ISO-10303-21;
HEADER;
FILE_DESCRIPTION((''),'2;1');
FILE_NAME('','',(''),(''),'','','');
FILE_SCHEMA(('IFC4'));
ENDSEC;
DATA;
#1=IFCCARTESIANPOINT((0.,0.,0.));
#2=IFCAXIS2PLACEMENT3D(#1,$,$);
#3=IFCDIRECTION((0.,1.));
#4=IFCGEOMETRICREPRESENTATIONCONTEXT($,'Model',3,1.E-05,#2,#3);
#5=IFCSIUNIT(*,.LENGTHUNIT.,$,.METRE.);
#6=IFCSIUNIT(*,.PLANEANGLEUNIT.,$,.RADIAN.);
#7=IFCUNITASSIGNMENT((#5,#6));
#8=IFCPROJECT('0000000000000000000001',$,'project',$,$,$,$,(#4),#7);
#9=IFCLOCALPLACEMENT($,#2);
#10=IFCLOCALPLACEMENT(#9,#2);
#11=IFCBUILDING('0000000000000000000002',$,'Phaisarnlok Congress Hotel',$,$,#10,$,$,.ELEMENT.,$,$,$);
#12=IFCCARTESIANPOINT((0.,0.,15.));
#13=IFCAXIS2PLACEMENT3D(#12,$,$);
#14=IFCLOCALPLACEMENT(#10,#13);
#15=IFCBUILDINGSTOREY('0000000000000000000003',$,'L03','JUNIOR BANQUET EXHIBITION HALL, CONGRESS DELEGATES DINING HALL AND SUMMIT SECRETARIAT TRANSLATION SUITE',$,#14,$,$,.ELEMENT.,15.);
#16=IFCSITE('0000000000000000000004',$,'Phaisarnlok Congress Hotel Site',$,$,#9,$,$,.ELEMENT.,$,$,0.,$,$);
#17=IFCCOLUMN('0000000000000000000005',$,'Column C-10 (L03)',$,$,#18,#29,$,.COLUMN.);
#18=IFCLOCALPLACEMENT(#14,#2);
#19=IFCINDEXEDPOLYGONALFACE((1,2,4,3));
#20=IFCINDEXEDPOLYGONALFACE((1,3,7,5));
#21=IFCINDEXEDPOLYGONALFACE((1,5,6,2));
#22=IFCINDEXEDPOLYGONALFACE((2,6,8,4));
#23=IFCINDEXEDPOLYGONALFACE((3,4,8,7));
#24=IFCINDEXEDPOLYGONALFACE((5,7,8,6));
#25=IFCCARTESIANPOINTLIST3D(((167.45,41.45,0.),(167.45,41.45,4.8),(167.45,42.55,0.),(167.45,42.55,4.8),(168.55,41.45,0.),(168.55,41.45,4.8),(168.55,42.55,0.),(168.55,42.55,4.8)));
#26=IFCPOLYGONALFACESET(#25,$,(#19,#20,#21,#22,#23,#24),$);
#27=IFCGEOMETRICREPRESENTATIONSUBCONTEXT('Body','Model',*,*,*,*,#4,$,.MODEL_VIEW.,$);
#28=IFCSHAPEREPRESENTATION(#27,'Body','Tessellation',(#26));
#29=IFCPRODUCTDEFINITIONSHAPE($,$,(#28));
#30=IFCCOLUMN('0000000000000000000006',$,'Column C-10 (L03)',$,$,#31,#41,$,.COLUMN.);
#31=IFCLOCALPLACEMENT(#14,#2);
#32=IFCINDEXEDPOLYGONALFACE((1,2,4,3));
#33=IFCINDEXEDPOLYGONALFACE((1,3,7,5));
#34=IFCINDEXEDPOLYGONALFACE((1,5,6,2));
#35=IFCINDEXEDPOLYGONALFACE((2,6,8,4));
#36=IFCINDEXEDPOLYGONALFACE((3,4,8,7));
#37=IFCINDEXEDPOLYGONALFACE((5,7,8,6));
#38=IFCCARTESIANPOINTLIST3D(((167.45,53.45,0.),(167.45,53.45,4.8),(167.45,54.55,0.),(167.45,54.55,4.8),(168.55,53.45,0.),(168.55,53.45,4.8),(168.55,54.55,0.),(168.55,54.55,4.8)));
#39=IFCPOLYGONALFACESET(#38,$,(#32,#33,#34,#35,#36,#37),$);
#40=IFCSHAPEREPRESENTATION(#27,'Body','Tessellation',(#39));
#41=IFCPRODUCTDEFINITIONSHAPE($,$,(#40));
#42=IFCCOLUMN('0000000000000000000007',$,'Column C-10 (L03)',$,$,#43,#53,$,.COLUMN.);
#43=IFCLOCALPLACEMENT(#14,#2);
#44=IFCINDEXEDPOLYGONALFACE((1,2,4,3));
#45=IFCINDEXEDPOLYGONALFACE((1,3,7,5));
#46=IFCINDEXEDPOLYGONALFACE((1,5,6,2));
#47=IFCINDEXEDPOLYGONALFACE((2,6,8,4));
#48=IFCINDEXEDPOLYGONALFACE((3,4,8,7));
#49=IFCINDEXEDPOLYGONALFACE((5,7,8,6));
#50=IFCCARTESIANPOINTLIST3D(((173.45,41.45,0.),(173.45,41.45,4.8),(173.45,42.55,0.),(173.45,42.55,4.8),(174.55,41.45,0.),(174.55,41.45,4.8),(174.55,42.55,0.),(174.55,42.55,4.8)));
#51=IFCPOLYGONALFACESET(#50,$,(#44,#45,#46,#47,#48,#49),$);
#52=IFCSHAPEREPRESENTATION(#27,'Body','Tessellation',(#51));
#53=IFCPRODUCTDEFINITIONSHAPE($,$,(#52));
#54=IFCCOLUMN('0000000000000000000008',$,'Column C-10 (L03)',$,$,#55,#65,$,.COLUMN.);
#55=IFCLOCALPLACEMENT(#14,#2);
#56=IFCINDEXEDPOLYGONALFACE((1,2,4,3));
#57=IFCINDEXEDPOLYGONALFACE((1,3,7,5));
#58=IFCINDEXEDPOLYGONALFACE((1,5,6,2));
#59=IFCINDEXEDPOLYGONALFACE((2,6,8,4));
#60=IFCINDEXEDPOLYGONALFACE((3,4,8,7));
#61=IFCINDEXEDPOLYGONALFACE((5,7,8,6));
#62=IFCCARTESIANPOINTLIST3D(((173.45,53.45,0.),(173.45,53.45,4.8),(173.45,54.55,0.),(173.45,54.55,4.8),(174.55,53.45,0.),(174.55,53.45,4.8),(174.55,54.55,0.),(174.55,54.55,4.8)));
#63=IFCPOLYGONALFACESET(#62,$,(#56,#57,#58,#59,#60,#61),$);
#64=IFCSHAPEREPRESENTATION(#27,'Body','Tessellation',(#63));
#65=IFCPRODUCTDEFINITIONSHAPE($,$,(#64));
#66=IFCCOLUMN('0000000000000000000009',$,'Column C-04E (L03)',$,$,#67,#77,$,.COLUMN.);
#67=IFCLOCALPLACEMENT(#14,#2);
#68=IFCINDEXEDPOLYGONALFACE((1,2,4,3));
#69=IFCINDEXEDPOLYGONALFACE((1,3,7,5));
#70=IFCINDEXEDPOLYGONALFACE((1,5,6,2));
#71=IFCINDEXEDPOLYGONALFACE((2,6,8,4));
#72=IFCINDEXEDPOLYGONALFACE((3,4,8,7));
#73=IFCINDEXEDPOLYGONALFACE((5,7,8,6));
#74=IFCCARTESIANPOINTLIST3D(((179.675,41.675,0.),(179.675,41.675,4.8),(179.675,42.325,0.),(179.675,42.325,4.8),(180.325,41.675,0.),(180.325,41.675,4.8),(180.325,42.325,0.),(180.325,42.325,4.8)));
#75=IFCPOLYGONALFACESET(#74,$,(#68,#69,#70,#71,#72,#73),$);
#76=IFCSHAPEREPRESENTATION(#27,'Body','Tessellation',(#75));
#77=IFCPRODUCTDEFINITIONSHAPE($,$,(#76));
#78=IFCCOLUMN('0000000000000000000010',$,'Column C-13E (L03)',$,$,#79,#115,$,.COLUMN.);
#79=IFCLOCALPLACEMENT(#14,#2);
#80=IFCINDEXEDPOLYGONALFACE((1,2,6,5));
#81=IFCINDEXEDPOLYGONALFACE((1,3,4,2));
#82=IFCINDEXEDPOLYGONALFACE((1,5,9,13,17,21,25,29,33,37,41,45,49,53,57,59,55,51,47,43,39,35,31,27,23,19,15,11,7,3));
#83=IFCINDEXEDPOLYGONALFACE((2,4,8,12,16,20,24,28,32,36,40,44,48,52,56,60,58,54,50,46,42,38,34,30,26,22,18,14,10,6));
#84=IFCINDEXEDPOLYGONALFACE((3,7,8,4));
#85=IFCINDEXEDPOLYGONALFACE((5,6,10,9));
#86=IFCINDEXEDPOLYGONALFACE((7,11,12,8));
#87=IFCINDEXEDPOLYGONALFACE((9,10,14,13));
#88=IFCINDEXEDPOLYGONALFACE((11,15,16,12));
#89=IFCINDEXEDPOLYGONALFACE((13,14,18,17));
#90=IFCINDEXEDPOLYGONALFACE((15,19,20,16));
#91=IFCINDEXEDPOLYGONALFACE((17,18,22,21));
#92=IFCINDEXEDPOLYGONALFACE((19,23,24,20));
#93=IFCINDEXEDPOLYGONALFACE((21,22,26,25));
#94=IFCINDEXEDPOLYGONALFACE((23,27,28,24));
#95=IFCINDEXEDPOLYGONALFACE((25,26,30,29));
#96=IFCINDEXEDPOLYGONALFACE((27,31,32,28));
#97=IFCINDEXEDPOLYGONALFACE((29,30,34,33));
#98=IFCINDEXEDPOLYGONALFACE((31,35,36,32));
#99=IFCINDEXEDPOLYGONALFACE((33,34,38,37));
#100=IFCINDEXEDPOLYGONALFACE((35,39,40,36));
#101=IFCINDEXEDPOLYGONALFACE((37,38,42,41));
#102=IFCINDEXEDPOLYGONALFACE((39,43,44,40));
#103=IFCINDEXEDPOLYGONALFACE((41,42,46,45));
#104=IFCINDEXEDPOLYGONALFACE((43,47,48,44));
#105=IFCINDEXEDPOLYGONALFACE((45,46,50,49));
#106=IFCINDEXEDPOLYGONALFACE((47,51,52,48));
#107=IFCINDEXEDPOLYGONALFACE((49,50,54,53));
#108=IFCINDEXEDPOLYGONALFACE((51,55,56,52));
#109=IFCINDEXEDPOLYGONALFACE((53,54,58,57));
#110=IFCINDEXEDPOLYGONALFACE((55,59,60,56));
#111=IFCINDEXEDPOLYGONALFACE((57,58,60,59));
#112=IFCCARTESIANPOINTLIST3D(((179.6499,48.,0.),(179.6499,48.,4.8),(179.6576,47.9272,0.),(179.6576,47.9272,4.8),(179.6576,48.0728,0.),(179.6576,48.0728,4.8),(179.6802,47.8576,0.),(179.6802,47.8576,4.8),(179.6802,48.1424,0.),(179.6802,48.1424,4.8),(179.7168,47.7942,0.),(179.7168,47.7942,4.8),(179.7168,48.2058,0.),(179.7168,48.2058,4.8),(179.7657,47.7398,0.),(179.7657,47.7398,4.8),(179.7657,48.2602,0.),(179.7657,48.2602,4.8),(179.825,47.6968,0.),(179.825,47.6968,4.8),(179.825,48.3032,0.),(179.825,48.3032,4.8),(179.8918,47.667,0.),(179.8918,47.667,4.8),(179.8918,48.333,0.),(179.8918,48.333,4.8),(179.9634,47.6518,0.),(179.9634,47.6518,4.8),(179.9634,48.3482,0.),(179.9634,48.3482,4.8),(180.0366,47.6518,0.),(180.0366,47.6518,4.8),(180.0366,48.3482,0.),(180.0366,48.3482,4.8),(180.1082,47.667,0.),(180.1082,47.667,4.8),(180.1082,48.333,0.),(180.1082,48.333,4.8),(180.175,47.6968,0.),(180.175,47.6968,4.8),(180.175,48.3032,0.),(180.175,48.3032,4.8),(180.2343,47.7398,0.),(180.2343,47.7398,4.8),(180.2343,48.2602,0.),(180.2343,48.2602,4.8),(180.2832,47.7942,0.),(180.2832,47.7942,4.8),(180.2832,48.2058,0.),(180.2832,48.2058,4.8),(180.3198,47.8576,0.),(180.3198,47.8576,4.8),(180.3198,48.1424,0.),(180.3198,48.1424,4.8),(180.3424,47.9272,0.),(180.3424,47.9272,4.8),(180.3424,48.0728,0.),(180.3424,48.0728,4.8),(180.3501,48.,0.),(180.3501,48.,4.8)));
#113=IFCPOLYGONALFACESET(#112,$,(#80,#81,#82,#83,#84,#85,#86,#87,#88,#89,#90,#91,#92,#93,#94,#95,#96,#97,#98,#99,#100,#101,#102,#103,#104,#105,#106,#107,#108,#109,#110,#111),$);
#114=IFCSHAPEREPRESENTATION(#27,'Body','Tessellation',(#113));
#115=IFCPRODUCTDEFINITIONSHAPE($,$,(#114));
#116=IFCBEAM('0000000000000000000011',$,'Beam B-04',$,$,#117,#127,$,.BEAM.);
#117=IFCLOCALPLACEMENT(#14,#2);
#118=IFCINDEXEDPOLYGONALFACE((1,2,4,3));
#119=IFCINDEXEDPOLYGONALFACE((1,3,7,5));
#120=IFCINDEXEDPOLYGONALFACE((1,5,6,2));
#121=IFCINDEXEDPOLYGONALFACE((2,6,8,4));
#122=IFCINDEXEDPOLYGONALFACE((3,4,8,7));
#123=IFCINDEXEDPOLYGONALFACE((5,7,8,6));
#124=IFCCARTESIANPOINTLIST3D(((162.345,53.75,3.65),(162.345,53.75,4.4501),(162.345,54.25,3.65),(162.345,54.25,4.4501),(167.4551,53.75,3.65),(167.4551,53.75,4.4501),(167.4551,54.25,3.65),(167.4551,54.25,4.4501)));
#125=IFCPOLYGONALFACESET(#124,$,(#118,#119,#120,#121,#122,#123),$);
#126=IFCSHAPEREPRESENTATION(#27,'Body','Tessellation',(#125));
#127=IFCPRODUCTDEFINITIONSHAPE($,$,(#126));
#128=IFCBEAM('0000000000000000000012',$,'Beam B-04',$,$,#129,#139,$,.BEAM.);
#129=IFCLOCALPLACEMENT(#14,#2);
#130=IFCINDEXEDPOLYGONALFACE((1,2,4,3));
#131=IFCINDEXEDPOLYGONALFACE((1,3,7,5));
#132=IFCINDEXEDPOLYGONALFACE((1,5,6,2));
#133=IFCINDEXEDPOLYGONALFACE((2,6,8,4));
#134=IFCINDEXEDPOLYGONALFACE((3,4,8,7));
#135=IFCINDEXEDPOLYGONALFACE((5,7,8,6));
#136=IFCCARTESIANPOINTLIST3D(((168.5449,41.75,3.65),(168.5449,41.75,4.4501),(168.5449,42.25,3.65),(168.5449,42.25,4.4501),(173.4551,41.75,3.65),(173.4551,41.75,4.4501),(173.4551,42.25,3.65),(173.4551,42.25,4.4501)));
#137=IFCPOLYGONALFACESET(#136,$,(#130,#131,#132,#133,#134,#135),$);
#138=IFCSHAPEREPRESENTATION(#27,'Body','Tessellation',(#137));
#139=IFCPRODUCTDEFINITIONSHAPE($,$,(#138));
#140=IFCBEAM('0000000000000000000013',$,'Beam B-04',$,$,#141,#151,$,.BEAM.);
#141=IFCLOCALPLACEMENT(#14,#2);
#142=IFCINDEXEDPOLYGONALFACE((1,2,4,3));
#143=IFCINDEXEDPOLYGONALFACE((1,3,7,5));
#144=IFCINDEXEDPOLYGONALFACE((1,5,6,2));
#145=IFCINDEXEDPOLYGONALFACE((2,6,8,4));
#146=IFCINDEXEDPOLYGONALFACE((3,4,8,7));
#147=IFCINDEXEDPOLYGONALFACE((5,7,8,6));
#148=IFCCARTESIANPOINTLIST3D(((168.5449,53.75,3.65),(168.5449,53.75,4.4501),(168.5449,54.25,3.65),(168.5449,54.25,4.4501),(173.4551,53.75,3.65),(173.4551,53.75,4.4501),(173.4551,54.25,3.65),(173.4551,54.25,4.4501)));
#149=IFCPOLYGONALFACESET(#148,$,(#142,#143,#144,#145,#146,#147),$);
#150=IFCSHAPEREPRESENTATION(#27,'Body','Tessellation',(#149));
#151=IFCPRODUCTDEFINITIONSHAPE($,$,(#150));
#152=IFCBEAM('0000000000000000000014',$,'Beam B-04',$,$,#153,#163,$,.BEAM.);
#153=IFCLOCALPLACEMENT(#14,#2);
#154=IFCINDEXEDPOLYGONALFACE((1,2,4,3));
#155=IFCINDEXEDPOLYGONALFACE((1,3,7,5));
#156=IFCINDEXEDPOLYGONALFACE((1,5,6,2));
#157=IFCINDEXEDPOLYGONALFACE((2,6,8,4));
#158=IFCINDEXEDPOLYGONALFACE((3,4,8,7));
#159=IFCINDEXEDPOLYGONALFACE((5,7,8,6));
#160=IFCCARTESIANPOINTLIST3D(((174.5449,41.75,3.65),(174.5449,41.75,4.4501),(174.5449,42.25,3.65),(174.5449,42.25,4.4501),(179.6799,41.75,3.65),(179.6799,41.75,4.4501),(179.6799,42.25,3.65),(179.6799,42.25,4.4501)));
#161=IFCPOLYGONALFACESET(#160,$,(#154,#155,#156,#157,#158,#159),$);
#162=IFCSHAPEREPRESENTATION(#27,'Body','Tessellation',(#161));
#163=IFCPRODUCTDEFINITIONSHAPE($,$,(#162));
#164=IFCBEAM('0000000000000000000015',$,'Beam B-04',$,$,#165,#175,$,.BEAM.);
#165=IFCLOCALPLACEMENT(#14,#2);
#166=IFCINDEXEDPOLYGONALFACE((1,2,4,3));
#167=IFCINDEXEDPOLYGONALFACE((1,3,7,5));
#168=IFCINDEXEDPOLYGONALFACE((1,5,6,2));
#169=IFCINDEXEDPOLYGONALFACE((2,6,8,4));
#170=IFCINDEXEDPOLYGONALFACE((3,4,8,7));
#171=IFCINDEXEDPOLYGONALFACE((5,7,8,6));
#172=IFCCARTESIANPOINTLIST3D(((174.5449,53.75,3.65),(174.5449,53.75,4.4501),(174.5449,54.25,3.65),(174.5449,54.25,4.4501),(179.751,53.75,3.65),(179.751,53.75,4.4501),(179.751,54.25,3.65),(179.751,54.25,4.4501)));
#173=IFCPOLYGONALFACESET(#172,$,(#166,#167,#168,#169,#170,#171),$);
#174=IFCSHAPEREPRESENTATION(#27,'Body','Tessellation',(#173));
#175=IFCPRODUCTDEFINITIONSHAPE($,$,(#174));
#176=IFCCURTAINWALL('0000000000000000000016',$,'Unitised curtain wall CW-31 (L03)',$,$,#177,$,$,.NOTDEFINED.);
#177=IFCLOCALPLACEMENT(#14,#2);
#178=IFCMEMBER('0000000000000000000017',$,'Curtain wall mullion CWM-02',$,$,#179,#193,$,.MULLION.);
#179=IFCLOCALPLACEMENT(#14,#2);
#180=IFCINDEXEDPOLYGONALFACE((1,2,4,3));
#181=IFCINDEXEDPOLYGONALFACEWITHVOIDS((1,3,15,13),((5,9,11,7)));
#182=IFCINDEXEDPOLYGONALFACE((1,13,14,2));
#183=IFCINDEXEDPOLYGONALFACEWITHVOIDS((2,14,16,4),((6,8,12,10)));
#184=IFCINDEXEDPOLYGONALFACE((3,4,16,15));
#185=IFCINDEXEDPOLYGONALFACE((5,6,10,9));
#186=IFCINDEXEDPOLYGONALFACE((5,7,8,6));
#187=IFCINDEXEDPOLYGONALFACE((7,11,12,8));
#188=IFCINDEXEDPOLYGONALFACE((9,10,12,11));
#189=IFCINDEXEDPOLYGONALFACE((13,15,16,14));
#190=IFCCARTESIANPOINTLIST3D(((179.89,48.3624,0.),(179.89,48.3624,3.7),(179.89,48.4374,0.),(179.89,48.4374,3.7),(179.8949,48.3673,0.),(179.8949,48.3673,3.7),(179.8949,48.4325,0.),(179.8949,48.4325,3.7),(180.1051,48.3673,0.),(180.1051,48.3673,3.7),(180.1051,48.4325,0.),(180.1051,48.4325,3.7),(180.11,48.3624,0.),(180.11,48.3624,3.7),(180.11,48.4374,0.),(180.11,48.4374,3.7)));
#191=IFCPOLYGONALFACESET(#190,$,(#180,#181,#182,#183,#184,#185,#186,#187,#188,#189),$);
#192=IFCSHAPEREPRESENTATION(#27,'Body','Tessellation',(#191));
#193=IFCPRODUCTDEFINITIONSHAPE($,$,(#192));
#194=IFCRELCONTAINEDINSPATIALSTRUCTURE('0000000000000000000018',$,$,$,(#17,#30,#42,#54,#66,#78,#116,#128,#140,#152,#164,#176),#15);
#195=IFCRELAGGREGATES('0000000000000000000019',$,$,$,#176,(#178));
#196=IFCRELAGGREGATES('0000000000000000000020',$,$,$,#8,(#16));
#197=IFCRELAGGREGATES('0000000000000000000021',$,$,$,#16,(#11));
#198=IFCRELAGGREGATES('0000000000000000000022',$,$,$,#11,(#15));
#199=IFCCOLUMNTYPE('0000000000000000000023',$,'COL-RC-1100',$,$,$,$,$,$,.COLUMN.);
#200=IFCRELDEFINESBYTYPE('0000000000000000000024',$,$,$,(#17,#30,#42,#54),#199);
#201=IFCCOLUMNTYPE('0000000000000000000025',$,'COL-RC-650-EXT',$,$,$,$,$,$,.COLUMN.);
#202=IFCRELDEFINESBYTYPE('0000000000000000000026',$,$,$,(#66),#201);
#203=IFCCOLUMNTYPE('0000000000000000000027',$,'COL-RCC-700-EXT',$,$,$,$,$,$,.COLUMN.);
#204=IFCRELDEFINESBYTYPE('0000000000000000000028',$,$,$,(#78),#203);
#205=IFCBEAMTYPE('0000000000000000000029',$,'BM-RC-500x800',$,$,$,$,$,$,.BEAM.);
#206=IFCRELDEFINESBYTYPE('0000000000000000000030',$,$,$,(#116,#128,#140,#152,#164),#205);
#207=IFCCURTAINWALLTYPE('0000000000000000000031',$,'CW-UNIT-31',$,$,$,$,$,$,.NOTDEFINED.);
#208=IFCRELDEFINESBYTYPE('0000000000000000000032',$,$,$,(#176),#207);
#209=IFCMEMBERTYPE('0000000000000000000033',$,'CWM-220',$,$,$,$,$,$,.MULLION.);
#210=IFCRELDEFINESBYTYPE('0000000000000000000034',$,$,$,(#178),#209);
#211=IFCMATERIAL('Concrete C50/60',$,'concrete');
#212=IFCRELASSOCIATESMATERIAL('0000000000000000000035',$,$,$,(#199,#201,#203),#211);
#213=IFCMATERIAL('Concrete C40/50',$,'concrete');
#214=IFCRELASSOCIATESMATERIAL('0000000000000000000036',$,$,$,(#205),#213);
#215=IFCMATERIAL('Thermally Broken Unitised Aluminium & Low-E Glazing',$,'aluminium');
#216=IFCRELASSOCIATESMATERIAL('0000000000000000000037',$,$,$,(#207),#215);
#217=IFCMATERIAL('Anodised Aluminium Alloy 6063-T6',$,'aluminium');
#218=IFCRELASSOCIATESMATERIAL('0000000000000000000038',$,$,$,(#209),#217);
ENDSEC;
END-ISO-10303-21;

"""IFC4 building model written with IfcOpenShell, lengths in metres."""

from ifc_helpers import new_model, si_unit, direction, frame, origin, origin_2d, place, context, subcontext, project, spatial, rectangle, hollow_rectangle, circle, extrude, material, material_profile, profile_set, type_object, element, aggregate, save


model = new_model("IFC4")

# Units and contexts
model_context = context("Model", 3, precision=1e-05, world=origin(), true_north=direction((0.0, 1.0)))
body_context = subcontext(model_context, "Body", "Model", "MODEL_VIEW")
ifc_project = project(units=[si_unit("LENGTHUNIT", "METRE"), si_unit("PLANEANGLEUNIT", "RADIAN")], contexts=[model_context])

# Site, building, storey
site_placement = place(None, origin())
site = spatial("IfcSite", under=ifc_project, at=site_placement, Name="Phaisarnlok Congress Hotel Site", CompositionType="ELEMENT", RefElevation=0.0)
building_placement = place(site_placement, origin())
building = spatial("IfcBuilding", under=site, at=building_placement, Name="Phaisarnlok Congress Hotel", CompositionType="ELEMENT")
storey_placement = place(building_placement, frame((0.0, 0.0, 15.0)))
storey = spatial("IfcBuildingStorey", under=building, at=storey_placement, Name="L03", Description="JUNIOR BANQUET EXHIBITION HALL, CONGRESS DELEGATES DINING HALL AND SUMMIT SECRETARIAT TRANSLATION SUITE", CompositionType="ELEMENT", Elevation=15.0)

# Columns
ifc_material_1 = material(Name="Concrete C50/60", Category="concrete")
ifc_material_profile_1 = material_profile(ifc_material_1, rectangle(XDim=1.1001, YDim=1.1001, at=origin_2d()), Name="RC 1100x1100")
ifc_profile_set_1 = profile_set([ifc_material_profile_1], Name="Concrete C50/60")
column_type_1 = type_object("IfcColumnType", Name="COL-RC-1100", PredefinedType="COLUMN", material=ifc_profile_set_1)
for number, where, z_axis, x_axis, name in (
    (1, (168.0, 42.0, 0.0), (0.0, 0.0, 1.0), (1.0, 0.0, 0.0), "Column C-10 (L03)"),
    (2, (168.0, 54.0, 0.0), (0.0, 0.0, 1.0), (1.0, 0.0, 0.0), "Column C-10 (L03)"),
    (3, (174.0, 42.0, 0.0), (0.0, 0.0, 1.0), (1.0, 0.0, 0.0), "Column C-10 (L03)"),
    (4, (174.0, 54.0, 0.0), (0.0, 0.0, 1.0), (1.0, 0.0, 0.0), "Column C-10 (L03)"),
):
    element("IfcColumn", number, at=place(storey_placement, frame(where, z_axis=z_axis, x_axis=x_axis)), inside=storey, type_object=column_type_1, Name=name, PredefinedType="COLUMN", context=body_context, shape_type="SweptSolid", body=[
        extrude(rectangle(XDim=1.1001, YDim=1.1001, at=origin_2d()), origin(), (0.0, 0.0, 1.0), 4.8),
    ])
ifc_material_profile_2 = material_profile(ifc_material_1, rectangle(XDim=0.6499, YDim=0.6499, at=origin_2d()), Name="RC 650x650")
ifc_profile_set_2 = profile_set([ifc_material_profile_2], Name="Concrete C50/60")
column_type_2 = type_object("IfcColumnType", Name="COL-RC-650-EXT", PredefinedType="COLUMN", material=ifc_profile_set_2)
column_1_placement = place(storey_placement, frame((180.0, 42.0, 0.0), z_axis=(0.0, 0.0, 1.0), x_axis=(1.0, 0.0, 0.0)))
element("IfcColumn", 5, at=column_1_placement, inside=storey, type_object=column_type_2, Name="Column C-04E (L03)", PredefinedType="COLUMN", context=body_context, shape_type="SweptSolid", body=[
    extrude(rectangle(XDim=0.6499, YDim=0.6499, at=origin_2d()), origin(), (0.0, 0.0, 1.0), 4.8),
])
ifc_material_profile_3 = material_profile(ifc_material_1, circle(Radius=0.3501, at=origin_2d()), Name="RCC D700")
ifc_profile_set_3 = profile_set([ifc_material_profile_3], Name="Concrete C50/60")
column_type_3 = type_object("IfcColumnType", Name="COL-RCC-700-EXT", PredefinedType="COLUMN", material=ifc_profile_set_3)
column_2_placement = place(storey_placement, frame((180.0, 48.0, 0.0), z_axis=(0.0, 0.0, 1.0), x_axis=(1.0, 0.0, 0.0)))
element("IfcColumn", 6, at=column_2_placement, inside=storey, type_object=column_type_3, Name="Column C-13E (L03)", PredefinedType="COLUMN", context=body_context, shape_type="SweptSolid", body=[
    extrude(circle(Radius=0.3501, at=origin_2d()), origin(), (0.0, 0.0, 1.0), 4.8),
])

# Beams
ifc_material_2 = material(Name="Concrete C40/50", Category="concrete")
ifc_material_profile_4 = material_profile(ifc_material_2, rectangle(XDim=0.5, YDim=0.8, at=origin_2d()), Name="RC 500x800")
ifc_profile_set_4 = profile_set([ifc_material_profile_4], Name="Concrete C40/50")
beam_type_1 = type_object("IfcBeamType", Name="BM-RC-500x800", PredefinedType="BEAM", material=ifc_profile_set_4)
beam_1_placement = place(storey_placement, frame((162.345, 54.0, 4.05), z_axis=(1.0, 0.0, 0.0), x_axis=(0.0, 1.0, 0.0)))
element("IfcBeam", 7, at=beam_1_placement, inside=storey, type_object=beam_type_1, Name="Beam B-04", PredefinedType="BEAM", context=body_context, shape_type="SweptSolid", body=[
    extrude(rectangle(XDim=0.5, YDim=0.8, at=origin_2d()), origin(), (0.0, 0.0, 1.0), 5.1101),
])
for number, where, z_axis, x_axis, name in (
    (8, (168.5449, 42.0, 4.05), (1.0, 0.0, 0.0), (0.0, 1.0, 0.0), "Beam B-04"),
    (9, (168.5449, 54.0, 4.05), (1.0, 0.0, 0.0), (0.0, 1.0, 0.0), "Beam B-04"),
):
    element("IfcBeam", number, at=place(storey_placement, frame(where, z_axis=z_axis, x_axis=x_axis)), inside=storey, type_object=beam_type_1, Name=name, PredefinedType="BEAM", context=body_context, shape_type="SweptSolid", body=[
        extrude(rectangle(XDim=0.5, YDim=0.8, at=origin_2d()), origin(), (0.0, 0.0, 1.0), 4.9102),
    ])
beam_2_placement = place(storey_placement, frame((174.5449, 42.0, 4.05), z_axis=(1.0, 0.0, 0.0), x_axis=(0.0, 1.0, 0.0)))
element("IfcBeam", 10, at=beam_2_placement, inside=storey, type_object=beam_type_1, Name="Beam B-04", PredefinedType="BEAM", context=body_context, shape_type="SweptSolid", body=[
    extrude(rectangle(XDim=0.5, YDim=0.8, at=origin_2d()), origin(), (0.0, 0.0, 1.0), 5.135),
])
beam_3_placement = place(storey_placement, frame((174.5449, 54.0, 4.05), z_axis=(1.0, 0.0, 0.0), x_axis=(0.0, 1.0, 0.0)))
element("IfcBeam", 11, at=beam_3_placement, inside=storey, type_object=beam_type_1, Name="Beam B-04", PredefinedType="BEAM", context=body_context, shape_type="SweptSolid", body=[
    extrude(rectangle(XDim=0.5, YDim=0.8, at=origin_2d()), origin(), (0.0, 0.0, 1.0), 5.2061),
])

# Curtain wall, member
ifc_material_3 = material(Name="Thermally Broken Unitised Aluminium & Low-E Glazing", Category="aluminium")
curtain_wall_type = type_object("IfcCurtainWallType", Name="CW-UNIT-31", PredefinedType="NOTDEFINED", material=ifc_material_3)
curtain_wall_placement = place(storey_placement, origin())
curtain_wall = element("IfcCurtainWall", 12, at=curtain_wall_placement, inside=storey, type_object=curtain_wall_type, Name="Unitised curtain wall CW-31 (L03)", PredefinedType="NOTDEFINED")
ifc_material_4 = material(Name="Anodised Aluminium Alloy 6063-T6", Category="aluminium")
ifc_material_profile_5 = material_profile(ifc_material_4, hollow_rectangle(XDim=0.075, YDim=0.22, WallThickness=0.0049, at=origin_2d()), Name="ALU-M 75x220x5")
ifc_profile_set_5 = profile_set([ifc_material_profile_5], Name="Anodised Aluminium Alloy 6063-T6")
member_type_1 = type_object("IfcMemberType", Name="CWM-220", PredefinedType="MULLION", material=ifc_profile_set_5)
member_1_placement = place(storey_placement, frame((180.0, 48.3999, 0.0), z_axis=(0.0, 0.0, 1.0), x_axis=(0.0, 1.0, 0.0)))
member_1 = element("IfcMember", 13, at=member_1_placement, type_object=member_type_1, Name="Curtain wall mullion CWM-02", PredefinedType="MULLION", context=body_context, shape_type="SweptSolid", body=[
    extrude(hollow_rectangle(XDim=0.075, YDim=0.22, WallThickness=0.0049, at=origin_2d()), origin(), (0.0, 0.0, 1.0), 3.7),
])

aggregate(curtain_wall, [member_1])

save(model, "model.ifc")
